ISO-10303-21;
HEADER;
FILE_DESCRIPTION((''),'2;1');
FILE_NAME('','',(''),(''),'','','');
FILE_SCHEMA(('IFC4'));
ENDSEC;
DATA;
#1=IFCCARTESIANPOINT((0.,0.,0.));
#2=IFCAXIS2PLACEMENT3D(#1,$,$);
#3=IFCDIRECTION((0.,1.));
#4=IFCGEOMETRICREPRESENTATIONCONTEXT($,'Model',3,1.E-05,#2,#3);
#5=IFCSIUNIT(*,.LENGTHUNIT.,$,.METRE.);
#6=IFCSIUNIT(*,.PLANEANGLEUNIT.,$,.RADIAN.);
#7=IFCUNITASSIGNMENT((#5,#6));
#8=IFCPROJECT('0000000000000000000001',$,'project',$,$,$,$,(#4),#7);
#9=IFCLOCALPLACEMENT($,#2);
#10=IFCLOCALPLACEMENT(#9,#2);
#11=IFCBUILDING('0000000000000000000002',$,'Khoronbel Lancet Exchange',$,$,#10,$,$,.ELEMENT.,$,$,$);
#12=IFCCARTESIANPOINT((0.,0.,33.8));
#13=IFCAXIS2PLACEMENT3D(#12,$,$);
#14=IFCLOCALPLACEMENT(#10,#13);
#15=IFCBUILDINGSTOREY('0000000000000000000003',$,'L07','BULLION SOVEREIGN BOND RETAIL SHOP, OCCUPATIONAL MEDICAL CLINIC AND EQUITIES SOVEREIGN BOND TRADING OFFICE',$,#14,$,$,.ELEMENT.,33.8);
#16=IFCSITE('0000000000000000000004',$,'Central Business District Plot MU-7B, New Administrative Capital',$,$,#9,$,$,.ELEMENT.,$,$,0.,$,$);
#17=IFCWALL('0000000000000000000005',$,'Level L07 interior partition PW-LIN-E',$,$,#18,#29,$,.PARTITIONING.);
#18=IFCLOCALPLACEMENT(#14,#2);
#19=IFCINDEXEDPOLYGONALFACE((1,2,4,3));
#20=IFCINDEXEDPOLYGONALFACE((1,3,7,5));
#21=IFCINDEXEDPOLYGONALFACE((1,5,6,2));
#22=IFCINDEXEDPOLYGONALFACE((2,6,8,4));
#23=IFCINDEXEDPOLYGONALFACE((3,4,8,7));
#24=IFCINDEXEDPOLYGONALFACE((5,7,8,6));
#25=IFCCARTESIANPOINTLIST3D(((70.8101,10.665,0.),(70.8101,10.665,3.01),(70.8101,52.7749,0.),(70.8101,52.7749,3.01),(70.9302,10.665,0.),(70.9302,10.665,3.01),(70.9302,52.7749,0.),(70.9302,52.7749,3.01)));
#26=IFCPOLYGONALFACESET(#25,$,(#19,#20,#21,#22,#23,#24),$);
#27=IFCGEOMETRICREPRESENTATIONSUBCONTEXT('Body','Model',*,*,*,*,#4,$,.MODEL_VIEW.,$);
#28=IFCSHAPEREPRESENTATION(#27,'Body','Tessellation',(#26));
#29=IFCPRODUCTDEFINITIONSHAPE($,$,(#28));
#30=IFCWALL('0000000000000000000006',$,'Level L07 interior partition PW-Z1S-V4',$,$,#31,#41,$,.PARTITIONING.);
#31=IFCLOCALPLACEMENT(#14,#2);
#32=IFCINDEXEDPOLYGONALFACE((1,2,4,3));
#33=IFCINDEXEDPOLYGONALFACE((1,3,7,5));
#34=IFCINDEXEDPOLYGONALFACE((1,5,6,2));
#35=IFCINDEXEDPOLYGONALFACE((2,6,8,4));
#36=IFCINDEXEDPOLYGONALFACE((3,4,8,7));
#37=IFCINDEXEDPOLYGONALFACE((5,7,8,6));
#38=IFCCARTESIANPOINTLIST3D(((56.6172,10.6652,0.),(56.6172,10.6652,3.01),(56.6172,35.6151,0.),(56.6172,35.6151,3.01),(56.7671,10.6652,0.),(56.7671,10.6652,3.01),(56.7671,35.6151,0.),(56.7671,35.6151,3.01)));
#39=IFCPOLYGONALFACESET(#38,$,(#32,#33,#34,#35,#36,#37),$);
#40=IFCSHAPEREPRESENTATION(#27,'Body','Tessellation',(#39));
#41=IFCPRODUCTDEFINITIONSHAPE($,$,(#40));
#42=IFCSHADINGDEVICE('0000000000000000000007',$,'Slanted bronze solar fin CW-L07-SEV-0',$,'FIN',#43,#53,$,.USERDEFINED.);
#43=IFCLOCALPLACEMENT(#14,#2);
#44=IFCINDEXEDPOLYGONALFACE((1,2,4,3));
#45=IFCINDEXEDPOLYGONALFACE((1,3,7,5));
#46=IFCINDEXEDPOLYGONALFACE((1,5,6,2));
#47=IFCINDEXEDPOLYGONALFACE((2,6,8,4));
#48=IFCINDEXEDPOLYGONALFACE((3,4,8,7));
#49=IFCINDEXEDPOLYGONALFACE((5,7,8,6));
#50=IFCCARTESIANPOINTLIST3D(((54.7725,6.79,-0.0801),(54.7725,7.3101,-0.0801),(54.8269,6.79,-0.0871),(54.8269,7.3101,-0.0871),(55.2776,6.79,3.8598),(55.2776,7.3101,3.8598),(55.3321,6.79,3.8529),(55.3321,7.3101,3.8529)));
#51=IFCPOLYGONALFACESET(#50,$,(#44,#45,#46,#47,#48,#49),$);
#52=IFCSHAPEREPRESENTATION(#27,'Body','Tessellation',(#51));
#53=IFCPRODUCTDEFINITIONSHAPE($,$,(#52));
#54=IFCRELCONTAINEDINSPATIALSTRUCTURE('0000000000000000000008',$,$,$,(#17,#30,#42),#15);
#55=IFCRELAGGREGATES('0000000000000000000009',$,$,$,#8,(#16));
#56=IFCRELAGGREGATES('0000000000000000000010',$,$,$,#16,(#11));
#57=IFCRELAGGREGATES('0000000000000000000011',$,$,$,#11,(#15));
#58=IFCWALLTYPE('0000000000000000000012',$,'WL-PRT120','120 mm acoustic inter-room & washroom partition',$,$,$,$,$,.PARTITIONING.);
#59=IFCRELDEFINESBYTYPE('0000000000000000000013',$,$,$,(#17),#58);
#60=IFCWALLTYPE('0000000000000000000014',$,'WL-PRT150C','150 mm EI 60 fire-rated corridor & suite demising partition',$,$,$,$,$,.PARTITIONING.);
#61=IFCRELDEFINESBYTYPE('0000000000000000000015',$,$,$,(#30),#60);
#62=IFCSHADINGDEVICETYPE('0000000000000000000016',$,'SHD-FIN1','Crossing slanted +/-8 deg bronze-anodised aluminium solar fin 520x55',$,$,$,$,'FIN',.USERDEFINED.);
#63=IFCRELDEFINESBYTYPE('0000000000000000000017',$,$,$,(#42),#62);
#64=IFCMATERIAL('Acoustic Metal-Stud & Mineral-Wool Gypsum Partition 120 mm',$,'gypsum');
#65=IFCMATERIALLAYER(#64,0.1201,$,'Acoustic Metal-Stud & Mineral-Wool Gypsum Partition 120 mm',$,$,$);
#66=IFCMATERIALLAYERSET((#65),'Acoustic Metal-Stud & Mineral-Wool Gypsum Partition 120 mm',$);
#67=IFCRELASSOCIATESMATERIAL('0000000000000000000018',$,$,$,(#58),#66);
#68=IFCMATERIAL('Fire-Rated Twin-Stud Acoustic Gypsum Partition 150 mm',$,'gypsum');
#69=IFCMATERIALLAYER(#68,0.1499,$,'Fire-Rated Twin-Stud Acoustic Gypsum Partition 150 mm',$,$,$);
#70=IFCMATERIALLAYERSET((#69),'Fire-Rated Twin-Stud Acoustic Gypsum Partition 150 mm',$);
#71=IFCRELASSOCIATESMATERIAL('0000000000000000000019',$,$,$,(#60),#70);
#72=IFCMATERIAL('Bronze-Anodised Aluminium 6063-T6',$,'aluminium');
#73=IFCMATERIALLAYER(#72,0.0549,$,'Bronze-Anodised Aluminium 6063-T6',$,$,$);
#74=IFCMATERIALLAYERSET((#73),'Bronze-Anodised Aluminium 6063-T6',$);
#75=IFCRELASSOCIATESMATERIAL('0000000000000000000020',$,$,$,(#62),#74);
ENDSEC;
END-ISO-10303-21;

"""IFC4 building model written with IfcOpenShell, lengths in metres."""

from ifc_helpers import new_model, si_unit, direction, frame, frame_2d, origin, place, context, subcontext, project, spatial, polyline, rectangle, outline, extrude, material, layer, layer_set, type_object, element, save


model = new_model("IFC4")

# Units and contexts
model_context = context("Model", 3, precision=1e-05, world=origin(), true_north=direction((0.0, 1.0)))
body_context = subcontext(model_context, "Body", "Model", "MODEL_VIEW")
ifc_project = project(units=[si_unit("LENGTHUNIT", "METRE"), si_unit("PLANEANGLEUNIT", "RADIAN")], contexts=[model_context])

# Site, building, storey
site_placement = place(None, origin())
site = spatial("IfcSite", under=ifc_project, at=site_placement, Name="Central Business District Plot MU-7B, New Administrative Capital", CompositionType="ELEMENT", RefElevation=0.0)
building_placement = place(site_placement, origin())
building = spatial("IfcBuilding", under=site, at=building_placement, Name="Khoronbel Lancet Exchange", CompositionType="ELEMENT")
storey_placement = place(building_placement, frame((0.0, 0.0, 33.8)))
storey = spatial("IfcBuildingStorey", under=building, at=storey_placement, Name="L07", Description="BULLION SOVEREIGN BOND RETAIL SHOP, OCCUPATIONAL MEDICAL CLINIC AND EQUITIES SOVEREIGN BOND TRADING OFFICE", CompositionType="ELEMENT", Elevation=33.8)

# Shared definitions
ifc_material_1 = material(Name="Bronze-Anodised Aluminium 6063-T6", Category="aluminium")

# Walls
ifc_material_2 = material(Name="Acoustic Metal-Stud & Mineral-Wool Gypsum Partition 120 mm", Category="gypsum")
ifc_layer_1 = layer(ifc_material_2, 0.1201, Name="Acoustic Metal-Stud & Mineral-Wool Gypsum Partition 120 mm")
ifc_layer_set_1 = layer_set([ifc_layer_1], Name="Acoustic Metal-Stud & Mineral-Wool Gypsum Partition 120 mm")
wall_type_1 = type_object("IfcWallType", Name="WL-PRT120", Description="120 mm acoustic inter-room & washroom partition", PredefinedType="PARTITIONING", material=ifc_layer_set_1)
wall_1_placement = place(storey_placement, frame((70.8701, 10.665, 0.0), z_axis=(0.0, 0.0, 1.0), x_axis=(0.0, 1.0, 0.0)))
element("IfcWall", 1, at=wall_1_placement, inside=storey, type_object=wall_type_1, Name="Level L07 interior partition PW-LIN-E", PredefinedType="PARTITIONING", context=body_context, shape_type="SweptSolid", body=[
    extrude(rectangle(XDim=42.1099, YDim=0.1201, at=frame_2d((21.0549, 0.0))), origin(), (0.0, 0.0, 1.0), 3.01),
])
ifc_material_3 = material(Name="Fire-Rated Twin-Stud Acoustic Gypsum Partition 150 mm", Category="gypsum")
ifc_layer_2 = layer(ifc_material_3, 0.1499, Name="Fire-Rated Twin-Stud Acoustic Gypsum Partition 150 mm")
ifc_layer_set_2 = layer_set([ifc_layer_2], Name="Fire-Rated Twin-Stud Acoustic Gypsum Partition 150 mm")
wall_type_2 = type_object("IfcWallType", Name="WL-PRT150C", Description="150 mm EI 60 fire-rated corridor & suite demising partition", PredefinedType="PARTITIONING", material=ifc_layer_set_2)
wall_2_placement = place(storey_placement, frame((56.6921, 10.665, 0.0), z_axis=(0.0, 0.0, 1.0), x_axis=(0.0, 1.0, 0.0)))
element("IfcWall", 2, at=wall_2_placement, inside=storey, type_object=wall_type_2, Name="Level L07 interior partition PW-Z1S-V4", PredefinedType="PARTITIONING", context=body_context, shape_type="SweptSolid", body=[
    extrude(rectangle(XDim=24.95, YDim=0.1499, at=frame_2d((12.4751, 0.0))), origin(), (0.0, 0.0, 1.0), 3.01),
])

# Shading device
ifc_layer_3 = layer(ifc_material_1, 0.0549, Name="Bronze-Anodised Aluminium 6063-T6")
ifc_layer_set_3 = layer_set([ifc_layer_3], Name="Bronze-Anodised Aluminium 6063-T6")
shading_device_type = type_object("IfcShadingDeviceType", Name="SHD-FIN1", Description="Crossing slanted +/-8 deg bronze-anodised aluminium solar fin 520x55", ElementType="FIN", PredefinedType="USERDEFINED", material=ifc_layer_set_3)
shading_device_placement = place(storey_placement, frame((54.7725, 7.3101, -0.0801), z_axis=(-0.991881, 0.0, 0.127166), x_axis=(0.0, -1.0, 0.0)))
element("IfcShadingDevice", 3, at=shading_device_placement, inside=storey, type_object=shading_device_type, Name="Slanted bronze solar fin CW-L07-SEV-0", ObjectType="FIN", PredefinedType="USERDEFINED", context=body_context, shape_type="SweptSolid", body=[
    extrude(outline(polyline([(0.0, 0.0), (0.52, 0.0), (0.52, 3.9722), (0.0, 3.9722), (0.0, 0.0)])), origin(), (0.0, 0.0, -1.0), 0.0549),
])

save(model, "model.ifc")
